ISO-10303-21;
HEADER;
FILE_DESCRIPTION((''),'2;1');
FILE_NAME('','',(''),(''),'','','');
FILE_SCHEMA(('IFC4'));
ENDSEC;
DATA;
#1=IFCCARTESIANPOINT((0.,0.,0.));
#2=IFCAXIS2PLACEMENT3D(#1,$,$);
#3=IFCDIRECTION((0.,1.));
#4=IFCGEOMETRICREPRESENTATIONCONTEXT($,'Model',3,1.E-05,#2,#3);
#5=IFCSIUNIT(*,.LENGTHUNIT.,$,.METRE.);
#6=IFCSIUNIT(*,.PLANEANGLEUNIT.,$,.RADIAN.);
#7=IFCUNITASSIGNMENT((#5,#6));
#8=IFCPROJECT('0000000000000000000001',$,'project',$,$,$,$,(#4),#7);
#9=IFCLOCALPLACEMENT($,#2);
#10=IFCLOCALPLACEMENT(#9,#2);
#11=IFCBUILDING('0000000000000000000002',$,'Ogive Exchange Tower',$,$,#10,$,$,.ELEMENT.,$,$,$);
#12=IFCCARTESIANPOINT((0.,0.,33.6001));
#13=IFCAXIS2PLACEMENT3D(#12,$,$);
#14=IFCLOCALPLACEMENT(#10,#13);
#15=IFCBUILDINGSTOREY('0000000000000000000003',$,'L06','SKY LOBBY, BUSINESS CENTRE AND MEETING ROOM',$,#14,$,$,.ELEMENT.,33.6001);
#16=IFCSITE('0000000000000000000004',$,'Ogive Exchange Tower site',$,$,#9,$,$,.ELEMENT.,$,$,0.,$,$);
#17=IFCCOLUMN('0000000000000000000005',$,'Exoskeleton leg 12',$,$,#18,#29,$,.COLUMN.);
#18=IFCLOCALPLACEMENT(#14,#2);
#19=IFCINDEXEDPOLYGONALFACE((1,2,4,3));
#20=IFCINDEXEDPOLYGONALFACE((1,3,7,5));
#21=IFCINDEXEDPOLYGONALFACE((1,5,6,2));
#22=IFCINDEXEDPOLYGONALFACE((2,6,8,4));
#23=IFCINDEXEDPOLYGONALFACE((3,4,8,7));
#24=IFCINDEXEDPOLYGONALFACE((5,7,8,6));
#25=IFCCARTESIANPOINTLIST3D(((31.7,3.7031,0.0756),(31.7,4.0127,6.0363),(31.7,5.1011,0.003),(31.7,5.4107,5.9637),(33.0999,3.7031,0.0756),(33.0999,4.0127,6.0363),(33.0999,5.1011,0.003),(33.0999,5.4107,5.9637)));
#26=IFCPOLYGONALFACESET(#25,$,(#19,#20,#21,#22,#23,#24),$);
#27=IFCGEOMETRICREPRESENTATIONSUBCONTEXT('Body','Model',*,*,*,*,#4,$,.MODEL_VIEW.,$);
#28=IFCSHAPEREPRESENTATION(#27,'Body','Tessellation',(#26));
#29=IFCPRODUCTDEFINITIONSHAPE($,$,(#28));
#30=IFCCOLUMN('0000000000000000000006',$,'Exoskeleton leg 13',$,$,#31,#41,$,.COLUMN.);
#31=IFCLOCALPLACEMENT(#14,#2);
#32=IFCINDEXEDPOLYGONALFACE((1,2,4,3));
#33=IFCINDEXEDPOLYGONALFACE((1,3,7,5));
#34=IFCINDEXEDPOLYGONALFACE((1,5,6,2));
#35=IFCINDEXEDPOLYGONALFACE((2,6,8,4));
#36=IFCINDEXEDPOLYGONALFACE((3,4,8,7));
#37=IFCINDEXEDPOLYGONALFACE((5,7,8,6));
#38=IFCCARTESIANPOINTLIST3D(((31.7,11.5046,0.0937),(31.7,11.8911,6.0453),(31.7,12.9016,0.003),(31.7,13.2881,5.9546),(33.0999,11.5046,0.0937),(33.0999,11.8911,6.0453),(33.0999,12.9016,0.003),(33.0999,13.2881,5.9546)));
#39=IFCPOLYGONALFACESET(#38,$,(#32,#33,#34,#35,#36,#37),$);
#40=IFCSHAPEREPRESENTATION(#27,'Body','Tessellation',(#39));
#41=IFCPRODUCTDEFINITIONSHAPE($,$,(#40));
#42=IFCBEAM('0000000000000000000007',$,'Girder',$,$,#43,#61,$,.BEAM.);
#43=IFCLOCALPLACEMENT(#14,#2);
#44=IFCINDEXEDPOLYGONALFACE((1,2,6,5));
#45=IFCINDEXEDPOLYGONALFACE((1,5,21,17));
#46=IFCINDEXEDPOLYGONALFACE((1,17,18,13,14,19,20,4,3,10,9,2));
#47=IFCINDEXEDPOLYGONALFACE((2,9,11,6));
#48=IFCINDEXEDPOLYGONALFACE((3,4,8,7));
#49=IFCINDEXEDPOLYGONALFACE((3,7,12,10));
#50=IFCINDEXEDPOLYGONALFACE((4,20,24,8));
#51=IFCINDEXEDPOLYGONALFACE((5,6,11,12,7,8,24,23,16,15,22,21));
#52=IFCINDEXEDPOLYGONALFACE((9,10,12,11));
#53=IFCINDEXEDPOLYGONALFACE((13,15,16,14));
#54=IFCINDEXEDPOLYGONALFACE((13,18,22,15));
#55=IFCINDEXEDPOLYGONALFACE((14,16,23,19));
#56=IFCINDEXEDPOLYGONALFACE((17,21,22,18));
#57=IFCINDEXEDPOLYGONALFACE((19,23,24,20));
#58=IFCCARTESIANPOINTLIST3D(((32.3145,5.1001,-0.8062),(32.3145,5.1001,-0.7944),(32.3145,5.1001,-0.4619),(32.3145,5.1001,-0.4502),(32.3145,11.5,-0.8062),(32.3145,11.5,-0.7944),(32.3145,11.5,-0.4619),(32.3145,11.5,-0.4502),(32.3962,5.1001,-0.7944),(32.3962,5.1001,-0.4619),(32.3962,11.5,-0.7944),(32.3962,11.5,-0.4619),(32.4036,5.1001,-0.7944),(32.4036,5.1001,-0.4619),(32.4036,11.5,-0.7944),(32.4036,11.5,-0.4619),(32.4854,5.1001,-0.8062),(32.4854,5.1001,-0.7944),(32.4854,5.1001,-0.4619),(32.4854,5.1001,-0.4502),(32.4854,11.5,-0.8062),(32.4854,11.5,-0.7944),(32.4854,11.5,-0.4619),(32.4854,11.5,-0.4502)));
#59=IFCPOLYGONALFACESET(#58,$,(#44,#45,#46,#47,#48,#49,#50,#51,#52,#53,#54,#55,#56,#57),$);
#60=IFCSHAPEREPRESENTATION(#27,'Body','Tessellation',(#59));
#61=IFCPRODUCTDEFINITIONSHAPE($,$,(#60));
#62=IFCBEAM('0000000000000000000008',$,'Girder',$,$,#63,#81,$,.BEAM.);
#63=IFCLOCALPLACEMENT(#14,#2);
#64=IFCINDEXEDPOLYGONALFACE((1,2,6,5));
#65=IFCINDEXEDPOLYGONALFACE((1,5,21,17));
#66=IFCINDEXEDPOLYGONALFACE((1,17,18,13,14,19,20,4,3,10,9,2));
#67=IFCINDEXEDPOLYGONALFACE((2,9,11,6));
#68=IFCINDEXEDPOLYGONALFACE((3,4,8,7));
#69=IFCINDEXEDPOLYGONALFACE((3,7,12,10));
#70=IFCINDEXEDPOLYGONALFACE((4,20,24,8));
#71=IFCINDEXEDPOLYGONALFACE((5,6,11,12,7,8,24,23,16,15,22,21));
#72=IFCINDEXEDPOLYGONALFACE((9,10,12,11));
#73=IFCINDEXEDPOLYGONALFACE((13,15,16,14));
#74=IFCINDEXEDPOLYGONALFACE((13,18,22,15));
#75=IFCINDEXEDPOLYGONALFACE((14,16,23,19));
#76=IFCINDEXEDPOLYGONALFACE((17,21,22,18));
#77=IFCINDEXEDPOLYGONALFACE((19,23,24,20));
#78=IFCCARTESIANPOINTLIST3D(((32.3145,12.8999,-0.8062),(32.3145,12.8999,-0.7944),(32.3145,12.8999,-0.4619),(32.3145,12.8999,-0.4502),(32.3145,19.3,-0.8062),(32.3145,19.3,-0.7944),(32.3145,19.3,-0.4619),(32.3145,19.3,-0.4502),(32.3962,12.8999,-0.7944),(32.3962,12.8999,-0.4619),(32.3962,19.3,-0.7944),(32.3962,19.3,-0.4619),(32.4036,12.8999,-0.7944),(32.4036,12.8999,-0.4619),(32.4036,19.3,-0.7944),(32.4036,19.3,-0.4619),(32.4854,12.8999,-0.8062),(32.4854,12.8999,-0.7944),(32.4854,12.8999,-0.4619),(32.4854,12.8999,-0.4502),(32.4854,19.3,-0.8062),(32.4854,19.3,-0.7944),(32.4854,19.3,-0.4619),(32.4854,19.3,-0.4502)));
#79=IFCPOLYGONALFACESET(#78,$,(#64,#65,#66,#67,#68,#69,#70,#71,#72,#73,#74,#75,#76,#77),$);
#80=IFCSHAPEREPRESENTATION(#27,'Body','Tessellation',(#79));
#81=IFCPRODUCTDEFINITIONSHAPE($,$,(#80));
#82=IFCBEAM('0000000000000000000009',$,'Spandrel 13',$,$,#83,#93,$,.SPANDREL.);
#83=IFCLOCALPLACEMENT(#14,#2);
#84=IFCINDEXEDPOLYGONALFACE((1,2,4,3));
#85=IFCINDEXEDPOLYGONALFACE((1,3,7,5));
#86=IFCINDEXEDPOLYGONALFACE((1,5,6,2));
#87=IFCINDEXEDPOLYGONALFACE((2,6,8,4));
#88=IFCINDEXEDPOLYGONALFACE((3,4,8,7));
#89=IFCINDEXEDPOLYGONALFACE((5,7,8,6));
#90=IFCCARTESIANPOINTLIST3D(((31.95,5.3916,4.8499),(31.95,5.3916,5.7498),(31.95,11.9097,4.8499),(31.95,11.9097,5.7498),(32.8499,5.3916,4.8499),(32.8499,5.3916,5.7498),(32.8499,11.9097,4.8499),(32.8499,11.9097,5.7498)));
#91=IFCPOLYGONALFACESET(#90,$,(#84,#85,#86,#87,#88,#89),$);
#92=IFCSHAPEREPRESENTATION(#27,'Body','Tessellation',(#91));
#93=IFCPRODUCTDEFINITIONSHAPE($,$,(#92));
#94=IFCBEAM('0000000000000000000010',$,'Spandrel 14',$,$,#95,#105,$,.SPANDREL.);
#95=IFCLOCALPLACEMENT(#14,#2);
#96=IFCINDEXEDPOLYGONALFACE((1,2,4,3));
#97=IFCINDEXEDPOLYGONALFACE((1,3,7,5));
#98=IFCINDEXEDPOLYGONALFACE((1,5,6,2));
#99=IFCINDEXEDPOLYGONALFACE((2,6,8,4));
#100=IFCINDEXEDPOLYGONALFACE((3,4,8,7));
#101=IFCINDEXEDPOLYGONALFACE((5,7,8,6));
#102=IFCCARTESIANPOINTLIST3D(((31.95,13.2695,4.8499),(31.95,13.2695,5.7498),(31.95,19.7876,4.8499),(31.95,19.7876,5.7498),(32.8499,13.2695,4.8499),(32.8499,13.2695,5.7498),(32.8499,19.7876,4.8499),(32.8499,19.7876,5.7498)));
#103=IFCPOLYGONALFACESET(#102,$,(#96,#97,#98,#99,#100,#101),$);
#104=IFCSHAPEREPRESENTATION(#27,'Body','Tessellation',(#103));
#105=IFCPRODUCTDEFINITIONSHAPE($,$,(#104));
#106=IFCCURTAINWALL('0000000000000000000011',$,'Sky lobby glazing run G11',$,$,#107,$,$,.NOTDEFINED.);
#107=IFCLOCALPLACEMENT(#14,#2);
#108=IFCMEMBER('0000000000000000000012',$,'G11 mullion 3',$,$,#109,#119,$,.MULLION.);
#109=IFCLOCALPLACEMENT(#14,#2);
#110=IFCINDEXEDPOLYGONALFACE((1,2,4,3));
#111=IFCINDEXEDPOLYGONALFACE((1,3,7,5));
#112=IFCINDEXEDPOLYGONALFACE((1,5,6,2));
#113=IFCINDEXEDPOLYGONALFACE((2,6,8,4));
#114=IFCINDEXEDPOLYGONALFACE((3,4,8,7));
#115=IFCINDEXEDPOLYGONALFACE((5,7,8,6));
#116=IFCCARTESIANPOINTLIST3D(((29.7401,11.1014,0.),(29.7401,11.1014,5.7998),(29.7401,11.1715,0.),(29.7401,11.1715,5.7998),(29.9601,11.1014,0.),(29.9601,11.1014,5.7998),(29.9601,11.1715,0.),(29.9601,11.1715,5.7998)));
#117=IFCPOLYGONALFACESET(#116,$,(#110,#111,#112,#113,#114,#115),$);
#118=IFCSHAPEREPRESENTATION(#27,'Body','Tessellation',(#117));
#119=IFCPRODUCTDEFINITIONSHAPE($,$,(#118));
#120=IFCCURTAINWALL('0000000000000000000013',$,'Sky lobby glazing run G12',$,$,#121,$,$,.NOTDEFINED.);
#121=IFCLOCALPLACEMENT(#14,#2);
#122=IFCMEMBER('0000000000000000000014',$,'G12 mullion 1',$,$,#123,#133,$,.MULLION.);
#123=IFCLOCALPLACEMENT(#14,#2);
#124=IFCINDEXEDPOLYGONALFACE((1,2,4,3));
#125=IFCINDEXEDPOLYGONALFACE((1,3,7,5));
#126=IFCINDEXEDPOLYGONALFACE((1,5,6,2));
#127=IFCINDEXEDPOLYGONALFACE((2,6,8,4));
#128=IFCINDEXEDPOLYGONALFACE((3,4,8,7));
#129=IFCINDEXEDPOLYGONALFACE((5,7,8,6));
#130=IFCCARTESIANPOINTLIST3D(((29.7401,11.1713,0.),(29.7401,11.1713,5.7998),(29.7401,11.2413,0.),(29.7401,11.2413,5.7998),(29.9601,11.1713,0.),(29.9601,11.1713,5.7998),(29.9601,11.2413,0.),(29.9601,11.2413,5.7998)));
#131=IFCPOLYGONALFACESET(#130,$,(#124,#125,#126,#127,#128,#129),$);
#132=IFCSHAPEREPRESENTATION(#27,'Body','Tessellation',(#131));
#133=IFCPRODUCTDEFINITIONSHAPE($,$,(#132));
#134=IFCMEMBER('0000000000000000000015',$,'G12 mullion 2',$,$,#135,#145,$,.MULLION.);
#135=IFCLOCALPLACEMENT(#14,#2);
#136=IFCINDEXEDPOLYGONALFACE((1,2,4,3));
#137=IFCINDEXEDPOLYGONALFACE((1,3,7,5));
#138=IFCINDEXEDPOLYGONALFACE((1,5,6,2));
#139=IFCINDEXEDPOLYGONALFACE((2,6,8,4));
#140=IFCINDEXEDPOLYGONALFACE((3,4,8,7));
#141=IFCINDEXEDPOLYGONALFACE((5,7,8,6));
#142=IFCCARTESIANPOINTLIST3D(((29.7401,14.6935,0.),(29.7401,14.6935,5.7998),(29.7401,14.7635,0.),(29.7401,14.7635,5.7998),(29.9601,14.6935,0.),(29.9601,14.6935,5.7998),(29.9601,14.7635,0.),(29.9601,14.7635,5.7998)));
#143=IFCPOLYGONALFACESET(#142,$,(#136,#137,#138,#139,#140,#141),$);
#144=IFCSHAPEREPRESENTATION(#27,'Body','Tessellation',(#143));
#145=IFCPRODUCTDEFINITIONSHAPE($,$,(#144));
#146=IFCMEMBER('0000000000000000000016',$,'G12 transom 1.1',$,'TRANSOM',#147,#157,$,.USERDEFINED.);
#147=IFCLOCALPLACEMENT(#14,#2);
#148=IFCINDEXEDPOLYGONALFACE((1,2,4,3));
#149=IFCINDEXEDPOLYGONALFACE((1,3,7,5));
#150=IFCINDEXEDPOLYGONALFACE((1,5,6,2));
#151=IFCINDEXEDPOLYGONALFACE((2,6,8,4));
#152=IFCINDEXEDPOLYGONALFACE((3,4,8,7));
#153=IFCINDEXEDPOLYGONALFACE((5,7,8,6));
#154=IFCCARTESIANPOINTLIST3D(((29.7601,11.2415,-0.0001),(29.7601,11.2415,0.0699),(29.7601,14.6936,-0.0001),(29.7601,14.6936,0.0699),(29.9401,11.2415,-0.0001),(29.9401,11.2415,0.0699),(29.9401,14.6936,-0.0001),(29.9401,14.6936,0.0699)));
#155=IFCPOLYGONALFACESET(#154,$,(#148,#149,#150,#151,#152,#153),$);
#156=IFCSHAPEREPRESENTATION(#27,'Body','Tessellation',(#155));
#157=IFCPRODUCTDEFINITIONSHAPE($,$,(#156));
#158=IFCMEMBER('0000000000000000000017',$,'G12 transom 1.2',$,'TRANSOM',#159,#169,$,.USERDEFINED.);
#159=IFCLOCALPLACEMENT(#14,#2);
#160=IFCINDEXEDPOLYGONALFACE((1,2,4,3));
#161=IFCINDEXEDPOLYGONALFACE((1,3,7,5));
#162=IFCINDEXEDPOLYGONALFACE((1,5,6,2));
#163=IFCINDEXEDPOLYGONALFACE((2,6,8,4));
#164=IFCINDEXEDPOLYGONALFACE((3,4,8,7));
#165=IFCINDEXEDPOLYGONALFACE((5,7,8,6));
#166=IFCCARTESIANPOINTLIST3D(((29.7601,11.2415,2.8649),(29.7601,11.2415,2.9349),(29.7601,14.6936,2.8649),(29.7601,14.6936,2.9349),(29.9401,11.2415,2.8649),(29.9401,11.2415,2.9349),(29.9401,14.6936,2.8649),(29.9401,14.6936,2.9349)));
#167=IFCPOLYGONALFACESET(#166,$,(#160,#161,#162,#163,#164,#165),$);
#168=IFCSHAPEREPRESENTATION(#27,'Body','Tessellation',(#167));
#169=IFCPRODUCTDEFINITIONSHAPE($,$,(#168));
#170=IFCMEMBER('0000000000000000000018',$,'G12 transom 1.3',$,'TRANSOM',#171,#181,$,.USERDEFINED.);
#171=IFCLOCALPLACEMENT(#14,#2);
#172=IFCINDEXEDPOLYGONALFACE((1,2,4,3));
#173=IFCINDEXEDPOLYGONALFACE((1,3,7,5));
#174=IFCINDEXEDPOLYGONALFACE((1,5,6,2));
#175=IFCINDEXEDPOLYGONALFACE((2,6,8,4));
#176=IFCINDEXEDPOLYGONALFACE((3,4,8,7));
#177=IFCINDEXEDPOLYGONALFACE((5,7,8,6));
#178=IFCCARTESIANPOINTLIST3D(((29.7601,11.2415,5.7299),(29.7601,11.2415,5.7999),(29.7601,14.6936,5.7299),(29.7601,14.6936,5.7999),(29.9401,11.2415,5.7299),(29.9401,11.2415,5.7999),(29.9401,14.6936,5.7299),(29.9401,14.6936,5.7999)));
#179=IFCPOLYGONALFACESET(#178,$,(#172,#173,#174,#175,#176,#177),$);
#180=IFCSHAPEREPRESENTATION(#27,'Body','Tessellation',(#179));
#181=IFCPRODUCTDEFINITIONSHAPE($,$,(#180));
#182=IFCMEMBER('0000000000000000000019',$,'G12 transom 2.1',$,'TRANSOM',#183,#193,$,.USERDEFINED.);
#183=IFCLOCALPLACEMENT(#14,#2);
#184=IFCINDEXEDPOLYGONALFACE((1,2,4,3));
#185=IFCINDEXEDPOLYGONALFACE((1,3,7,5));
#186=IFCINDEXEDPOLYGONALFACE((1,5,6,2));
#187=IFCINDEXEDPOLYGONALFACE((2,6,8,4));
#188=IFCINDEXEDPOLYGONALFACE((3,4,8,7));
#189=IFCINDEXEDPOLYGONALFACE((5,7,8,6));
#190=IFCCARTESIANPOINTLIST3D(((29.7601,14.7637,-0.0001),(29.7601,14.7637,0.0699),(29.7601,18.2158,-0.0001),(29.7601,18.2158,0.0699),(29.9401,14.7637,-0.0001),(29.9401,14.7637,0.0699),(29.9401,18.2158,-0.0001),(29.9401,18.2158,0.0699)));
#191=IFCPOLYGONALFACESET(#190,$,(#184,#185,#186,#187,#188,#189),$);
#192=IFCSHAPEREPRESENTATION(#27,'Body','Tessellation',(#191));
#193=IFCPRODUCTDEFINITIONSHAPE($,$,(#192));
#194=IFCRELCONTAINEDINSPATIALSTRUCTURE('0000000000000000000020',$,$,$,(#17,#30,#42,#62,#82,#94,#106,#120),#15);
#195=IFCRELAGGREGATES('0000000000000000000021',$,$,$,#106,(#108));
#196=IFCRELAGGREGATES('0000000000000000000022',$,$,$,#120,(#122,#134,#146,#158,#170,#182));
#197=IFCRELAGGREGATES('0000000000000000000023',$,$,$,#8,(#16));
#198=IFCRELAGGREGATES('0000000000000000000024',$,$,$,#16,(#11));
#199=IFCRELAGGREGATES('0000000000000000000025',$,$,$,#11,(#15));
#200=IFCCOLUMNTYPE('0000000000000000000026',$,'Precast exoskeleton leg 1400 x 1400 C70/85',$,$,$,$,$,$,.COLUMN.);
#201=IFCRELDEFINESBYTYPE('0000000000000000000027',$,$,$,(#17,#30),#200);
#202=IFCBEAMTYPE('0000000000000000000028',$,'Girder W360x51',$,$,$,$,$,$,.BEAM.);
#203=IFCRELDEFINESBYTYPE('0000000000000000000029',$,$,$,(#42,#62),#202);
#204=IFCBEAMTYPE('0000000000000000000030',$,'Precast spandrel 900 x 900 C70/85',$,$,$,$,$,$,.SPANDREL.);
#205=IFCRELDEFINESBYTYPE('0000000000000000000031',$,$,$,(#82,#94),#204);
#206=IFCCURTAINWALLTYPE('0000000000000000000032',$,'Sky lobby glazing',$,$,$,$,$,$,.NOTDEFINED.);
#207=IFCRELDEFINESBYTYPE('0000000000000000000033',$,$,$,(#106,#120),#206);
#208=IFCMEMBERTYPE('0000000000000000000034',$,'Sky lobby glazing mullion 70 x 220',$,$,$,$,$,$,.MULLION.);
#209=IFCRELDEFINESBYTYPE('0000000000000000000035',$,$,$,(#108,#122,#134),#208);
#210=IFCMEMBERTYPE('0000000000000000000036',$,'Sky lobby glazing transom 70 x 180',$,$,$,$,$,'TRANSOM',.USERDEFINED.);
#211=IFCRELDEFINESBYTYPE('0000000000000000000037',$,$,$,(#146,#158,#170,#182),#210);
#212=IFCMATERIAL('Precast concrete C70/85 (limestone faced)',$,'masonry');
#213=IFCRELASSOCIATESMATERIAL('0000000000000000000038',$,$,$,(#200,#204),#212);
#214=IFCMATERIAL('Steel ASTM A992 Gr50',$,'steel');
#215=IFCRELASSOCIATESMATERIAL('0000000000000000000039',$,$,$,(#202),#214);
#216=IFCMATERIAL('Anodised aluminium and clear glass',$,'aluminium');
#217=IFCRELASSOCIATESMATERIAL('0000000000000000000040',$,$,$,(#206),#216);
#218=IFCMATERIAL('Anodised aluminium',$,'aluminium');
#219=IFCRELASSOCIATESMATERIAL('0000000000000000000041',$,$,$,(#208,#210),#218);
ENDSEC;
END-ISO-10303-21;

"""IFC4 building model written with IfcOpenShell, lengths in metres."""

from ifc_helpers import new_model, si_unit, direction, frame, origin, origin_2d, place, context, subcontext, project, spatial, rectangle, i_section, extrude, material, material_profile, profile_set, type_object, element, aggregate, save


model = new_model("IFC4")

# Units and contexts
model_context = context("Model", 3, precision=1e-05, world=origin(), true_north=direction((0.0, 1.0)))
body_context = subcontext(model_context, "Body", "Model", "MODEL_VIEW")
ifc_project = project(units=[si_unit("LENGTHUNIT", "METRE"), si_unit("PLANEANGLEUNIT", "RADIAN")], contexts=[model_context])

# Site, building, storey
site_placement = place(None, origin())
site = spatial("IfcSite", under=ifc_project, at=site_placement, Name="Ogive Exchange Tower site", CompositionType="ELEMENT", RefElevation=0.0)
building_placement = place(site_placement, origin())
building = spatial("IfcBuilding", under=site, at=building_placement, Name="Ogive Exchange Tower", CompositionType="ELEMENT")
storey_placement = place(building_placement, frame((0.0, 0.0, 33.6001)))
storey = spatial("IfcBuildingStorey", under=building, at=storey_placement, Name="L06", Description="SKY LOBBY, BUSINESS CENTRE AND MEETING ROOM", CompositionType="ELEMENT", Elevation=33.6001)

# Columns
ifc_material_1 = material(Name="Precast concrete C70/85 (limestone faced)", Category="masonry")
ifc_material_profile_1 = material_profile(ifc_material_1, rectangle(XDim=1.3999, YDim=1.3999, at=origin_2d()), Name="1400 x 1400")
ifc_profile_set_1 = profile_set([ifc_material_profile_1], Name="Precast concrete C70/85 (limestone faced)")
column_type = type_object("IfcColumnType", Name="Precast exoskeleton leg 1400 x 1400 C70/85", PredefinedType="COLUMN", material=ifc_profile_set_1)
column_1_placement = place(storey_placement, frame((32.3999, 4.4021, 0.0393), z_axis=(0.0, 0.051865, 0.998654), x_axis=(-1.0, 0.0, 0.0)))
element("IfcColumn", 1, at=column_1_placement, inside=storey, type_object=column_type, Name="Exoskeleton leg 12", PredefinedType="COLUMN", context=body_context, shape_type="SweptSolid", body=[
    extrude(rectangle(XDim=1.3999, YDim=1.3999, at=origin_2d()), origin(), (0.0, 0.0, 1.0), 5.9688),
])
column_2_placement = place(storey_placement, frame((32.3999, 12.2031, 0.0483), z_axis=(0.0, 0.064799, 0.997898), x_axis=(-1.0, 0.0, 0.0)))
element("IfcColumn", 2, at=column_2_placement, inside=storey, type_object=column_type, Name="Exoskeleton leg 13", PredefinedType="COLUMN", context=body_context, shape_type="SweptSolid", body=[
    extrude(rectangle(XDim=1.3999, YDim=1.3999, at=origin_2d()), origin(), (0.0, 0.0, 1.0), 5.9641),
])

# Beams
ifc_material_2 = material(Name="Steel ASTM A992 Gr50", Category="steel")
ifc_material_profile_2 = material_profile(ifc_material_2, i_section(OverallWidth=0.1709, OverallDepth=0.356, WebThickness=0.0073, FlangeThickness=0.0117, at=origin_2d()), Name="W360x51")
ifc_profile_set_2 = profile_set([ifc_material_profile_2], Name="Steel ASTM A992 Gr50")
beam_type_1 = type_object("IfcBeamType", Name="Girder W360x51", PredefinedType="BEAM", material=ifc_profile_set_2)
beam_1_placement = place(storey_placement, frame((32.3999, 5.1001, -0.6282), z_axis=(0.0, 1.0, 0.0), x_axis=(-1.0, 0.0, 0.0)))
element("IfcBeam", 3, at=beam_1_placement, inside=storey, type_object=beam_type_1, Name="Girder", PredefinedType="BEAM", context=body_context, shape_type="SweptSolid", body=[
    extrude(i_section(OverallWidth=0.1709, OverallDepth=0.356, WebThickness=0.0073, FlangeThickness=0.0117, at=origin_2d()), origin(), (0.0, 0.0, 1.0), 6.3999),
])
beam_2_placement = place(storey_placement, frame((32.3999, 12.8999, -0.6282), z_axis=(0.0, 1.0, 0.0), x_axis=(-1.0, 0.0, 0.0)))
element("IfcBeam", 4, at=beam_2_placement, inside=storey, type_object=beam_type_1, Name="Girder", PredefinedType="BEAM", context=body_context, shape_type="SweptSolid", body=[
    extrude(i_section(OverallWidth=0.1709, OverallDepth=0.356, WebThickness=0.0073, FlangeThickness=0.0117, at=origin_2d()), origin(), (0.0, 0.0, 1.0), 6.4001),
])
ifc_material_profile_3 = material_profile(ifc_material_1, rectangle(XDim=0.8999, YDim=0.8999, at=origin_2d()), Name="900 x 900")
ifc_profile_set_3 = profile_set([ifc_material_profile_3], Name="Precast concrete C70/85 (limestone faced)")
beam_type_2 = type_object("IfcBeamType", Name="Precast spandrel 900 x 900 C70/85", PredefinedType="SPANDREL", material=ifc_profile_set_3)
for number, where, z_axis, x_axis, name in (
    (5, (32.3999, 5.3916, 5.2998), (0.0, 1.0, 0.0), (-1.0, 0.0, 0.0), "Spandrel 13"),
    (6, (32.3999, 13.2695, 5.2998), (0.0, 1.0, 0.0), (-1.0, 0.0, 0.0), "Spandrel 14"),
):
    element("IfcBeam", number, at=place(storey_placement, frame(where, z_axis=z_axis, x_axis=x_axis)), inside=storey, type_object=beam_type_2, Name=name, PredefinedType="SPANDREL", context=body_context, shape_type="SweptSolid", body=[
        extrude(rectangle(XDim=0.8999, YDim=0.8999, at=origin_2d()), origin(), (0.0, 0.0, 1.0), 6.5181),
    ])

# Curtain wall, member
ifc_material_3 = material(Name="Anodised aluminium and clear glass", Category="aluminium")
curtain_wall_type = type_object("IfcCurtainWallType", Name="Sky lobby glazing", PredefinedType="NOTDEFINED", material=ifc_material_3)
curtain_wall_1_placement = place(storey_placement, origin())
curtain_wall_1 = element("IfcCurtainWall", 7, at=curtain_wall_1_placement, inside=storey, type_object=curtain_wall_type, Name="Sky lobby glazing run G11", PredefinedType="NOTDEFINED")
ifc_material_4 = material(Name="Anodised aluminium", Category="aluminium")
ifc_material_profile_4 = material_profile(ifc_material_4, rectangle(XDim=0.22, YDim=0.0701, at=origin_2d()), Name="AL 70x220")
ifc_profile_set_4 = profile_set([ifc_material_profile_4], Name="Anodised aluminium")
member_type_1 = type_object("IfcMemberType", Name="Sky lobby glazing mullion 70 x 220", PredefinedType="MULLION", material=ifc_profile_set_4)
member_1_placement = place(storey_placement, frame((29.8501, 11.1365, 0.0), z_axis=(0.0, 0.0, 1.0), x_axis=(-1.0, 0.0, 0.0)))
member_1 = element("IfcMember", 8, at=member_1_placement, type_object=member_type_1, Name="G11 mullion 3", PredefinedType="MULLION", context=body_context, shape_type="SweptSolid", body=[
    extrude(rectangle(XDim=0.22, YDim=0.0701, at=origin_2d()), origin(), (0.0, 0.0, 1.0), 5.7998),
])

# Curtain wall, members
curtain_wall_2_placement = place(storey_placement, origin())
curtain_wall_2 = element("IfcCurtainWall", 9, at=curtain_wall_2_placement, inside=storey, type_object=curtain_wall_type, Name="Sky lobby glazing run G12", PredefinedType="NOTDEFINED")
member_2_placement = place(storey_placement, frame((29.8501, 11.2063, 0.0), z_axis=(0.0, 0.0, 1.0), x_axis=(-1.0, 0.0, 0.0)))
member_2 = element("IfcMember", 10, at=member_2_placement, type_object=member_type_1, Name="G12 mullion 1", PredefinedType="MULLION", context=body_context, shape_type="SweptSolid", body=[
    extrude(rectangle(XDim=0.22, YDim=0.0701, at=origin_2d()), origin(), (0.0, 0.0, 1.0), 5.7998),
])
member_3_placement = place(storey_placement, frame((29.8501, 14.7285, 0.0), z_axis=(0.0, 0.0, 1.0), x_axis=(-1.0, 0.0, 0.0)))
member_3 = element("IfcMember", 11, at=member_3_placement, type_object=member_type_1, Name="G12 mullion 2", PredefinedType="MULLION", context=body_context, shape_type="SweptSolid", body=[
    extrude(rectangle(XDim=0.22, YDim=0.0701, at=origin_2d()), origin(), (0.0, 0.0, 1.0), 5.7998),
])
ifc_material_profile_5 = material_profile(ifc_material_4, rectangle(XDim=0.1799, YDim=0.0701, at=origin_2d()), Name="AL 70x180")
ifc_profile_set_5 = profile_set([ifc_material_profile_5], Name="Anodised aluminium")
member_type_2 = type_object("IfcMemberType", Name="Sky lobby glazing transom 70 x 180", ElementType="TRANSOM", PredefinedType="USERDEFINED", material=ifc_profile_set_5)
member_4_placement = place(storey_placement, frame((29.8501, 11.2415, 0.0349), z_axis=(0.0, 1.0, 0.0), x_axis=(-1.0, 0.0, 0.0)))
member_4 = element("IfcMember", 12, at=member_4_placement, type_object=member_type_2, Name="G12 transom 1.1", ObjectType="TRANSOM", PredefinedType="USERDEFINED", context=body_context, shape_type="SweptSolid", body=[
    extrude(rectangle(XDim=0.1799, YDim=0.0701, at=origin_2d()), origin(), (0.0, 0.0, 1.0), 3.4521),
])
member_5_placement = place(storey_placement, frame((29.8501, 11.2415, 2.8999), z_axis=(0.0, 1.0, 0.0), x_axis=(-1.0, 0.0, 0.0)))
member_5 = element("IfcMember", 13, at=member_5_placement, type_object=member_type_2, Name="G12 transom 1.2", ObjectType="TRANSOM", PredefinedType="USERDEFINED", context=body_context, shape_type="SweptSolid", body=[
    extrude(rectangle(XDim=0.1799, YDim=0.0701, at=origin_2d()), origin(), (0.0, 0.0, 1.0), 3.4521),
])
member_6_placement = place(storey_placement, frame((29.8501, 11.2415, 5.7649), z_axis=(0.0, 1.0, 0.0), x_axis=(-1.0, 0.0, 0.0)))
member_6 = element("IfcMember", 14, at=member_6_placement, type_object=member_type_2, Name="G12 transom 1.3", ObjectType="TRANSOM", PredefinedType="USERDEFINED", context=body_context, shape_type="SweptSolid", body=[
    extrude(rectangle(XDim=0.1799, YDim=0.0701, at=origin_2d()), origin(), (0.0, 0.0, 1.0), 3.4521),
])
member_7_placement = place(storey_placement, frame((29.8501, 14.7637, 0.0349), z_axis=(0.0, 1.0, 0.0), x_axis=(-1.0, 0.0, 0.0)))
member_7 = element("IfcMember", 15, at=member_7_placement, type_object=member_type_2, Name="G12 transom 2.1", ObjectType="TRANSOM", PredefinedType="USERDEFINED", context=body_context, shape_type="SweptSolid", body=[
    extrude(rectangle(XDim=0.1799, YDim=0.0701, at=origin_2d()), origin(), (0.0, 0.0, 1.0), 3.4521),
])

aggregate(curtain_wall_1, [member_1])
aggregate(curtain_wall_2, [member_2, member_3, member_4, member_5, member_6, member_7])

save(model, "model.ifc")
